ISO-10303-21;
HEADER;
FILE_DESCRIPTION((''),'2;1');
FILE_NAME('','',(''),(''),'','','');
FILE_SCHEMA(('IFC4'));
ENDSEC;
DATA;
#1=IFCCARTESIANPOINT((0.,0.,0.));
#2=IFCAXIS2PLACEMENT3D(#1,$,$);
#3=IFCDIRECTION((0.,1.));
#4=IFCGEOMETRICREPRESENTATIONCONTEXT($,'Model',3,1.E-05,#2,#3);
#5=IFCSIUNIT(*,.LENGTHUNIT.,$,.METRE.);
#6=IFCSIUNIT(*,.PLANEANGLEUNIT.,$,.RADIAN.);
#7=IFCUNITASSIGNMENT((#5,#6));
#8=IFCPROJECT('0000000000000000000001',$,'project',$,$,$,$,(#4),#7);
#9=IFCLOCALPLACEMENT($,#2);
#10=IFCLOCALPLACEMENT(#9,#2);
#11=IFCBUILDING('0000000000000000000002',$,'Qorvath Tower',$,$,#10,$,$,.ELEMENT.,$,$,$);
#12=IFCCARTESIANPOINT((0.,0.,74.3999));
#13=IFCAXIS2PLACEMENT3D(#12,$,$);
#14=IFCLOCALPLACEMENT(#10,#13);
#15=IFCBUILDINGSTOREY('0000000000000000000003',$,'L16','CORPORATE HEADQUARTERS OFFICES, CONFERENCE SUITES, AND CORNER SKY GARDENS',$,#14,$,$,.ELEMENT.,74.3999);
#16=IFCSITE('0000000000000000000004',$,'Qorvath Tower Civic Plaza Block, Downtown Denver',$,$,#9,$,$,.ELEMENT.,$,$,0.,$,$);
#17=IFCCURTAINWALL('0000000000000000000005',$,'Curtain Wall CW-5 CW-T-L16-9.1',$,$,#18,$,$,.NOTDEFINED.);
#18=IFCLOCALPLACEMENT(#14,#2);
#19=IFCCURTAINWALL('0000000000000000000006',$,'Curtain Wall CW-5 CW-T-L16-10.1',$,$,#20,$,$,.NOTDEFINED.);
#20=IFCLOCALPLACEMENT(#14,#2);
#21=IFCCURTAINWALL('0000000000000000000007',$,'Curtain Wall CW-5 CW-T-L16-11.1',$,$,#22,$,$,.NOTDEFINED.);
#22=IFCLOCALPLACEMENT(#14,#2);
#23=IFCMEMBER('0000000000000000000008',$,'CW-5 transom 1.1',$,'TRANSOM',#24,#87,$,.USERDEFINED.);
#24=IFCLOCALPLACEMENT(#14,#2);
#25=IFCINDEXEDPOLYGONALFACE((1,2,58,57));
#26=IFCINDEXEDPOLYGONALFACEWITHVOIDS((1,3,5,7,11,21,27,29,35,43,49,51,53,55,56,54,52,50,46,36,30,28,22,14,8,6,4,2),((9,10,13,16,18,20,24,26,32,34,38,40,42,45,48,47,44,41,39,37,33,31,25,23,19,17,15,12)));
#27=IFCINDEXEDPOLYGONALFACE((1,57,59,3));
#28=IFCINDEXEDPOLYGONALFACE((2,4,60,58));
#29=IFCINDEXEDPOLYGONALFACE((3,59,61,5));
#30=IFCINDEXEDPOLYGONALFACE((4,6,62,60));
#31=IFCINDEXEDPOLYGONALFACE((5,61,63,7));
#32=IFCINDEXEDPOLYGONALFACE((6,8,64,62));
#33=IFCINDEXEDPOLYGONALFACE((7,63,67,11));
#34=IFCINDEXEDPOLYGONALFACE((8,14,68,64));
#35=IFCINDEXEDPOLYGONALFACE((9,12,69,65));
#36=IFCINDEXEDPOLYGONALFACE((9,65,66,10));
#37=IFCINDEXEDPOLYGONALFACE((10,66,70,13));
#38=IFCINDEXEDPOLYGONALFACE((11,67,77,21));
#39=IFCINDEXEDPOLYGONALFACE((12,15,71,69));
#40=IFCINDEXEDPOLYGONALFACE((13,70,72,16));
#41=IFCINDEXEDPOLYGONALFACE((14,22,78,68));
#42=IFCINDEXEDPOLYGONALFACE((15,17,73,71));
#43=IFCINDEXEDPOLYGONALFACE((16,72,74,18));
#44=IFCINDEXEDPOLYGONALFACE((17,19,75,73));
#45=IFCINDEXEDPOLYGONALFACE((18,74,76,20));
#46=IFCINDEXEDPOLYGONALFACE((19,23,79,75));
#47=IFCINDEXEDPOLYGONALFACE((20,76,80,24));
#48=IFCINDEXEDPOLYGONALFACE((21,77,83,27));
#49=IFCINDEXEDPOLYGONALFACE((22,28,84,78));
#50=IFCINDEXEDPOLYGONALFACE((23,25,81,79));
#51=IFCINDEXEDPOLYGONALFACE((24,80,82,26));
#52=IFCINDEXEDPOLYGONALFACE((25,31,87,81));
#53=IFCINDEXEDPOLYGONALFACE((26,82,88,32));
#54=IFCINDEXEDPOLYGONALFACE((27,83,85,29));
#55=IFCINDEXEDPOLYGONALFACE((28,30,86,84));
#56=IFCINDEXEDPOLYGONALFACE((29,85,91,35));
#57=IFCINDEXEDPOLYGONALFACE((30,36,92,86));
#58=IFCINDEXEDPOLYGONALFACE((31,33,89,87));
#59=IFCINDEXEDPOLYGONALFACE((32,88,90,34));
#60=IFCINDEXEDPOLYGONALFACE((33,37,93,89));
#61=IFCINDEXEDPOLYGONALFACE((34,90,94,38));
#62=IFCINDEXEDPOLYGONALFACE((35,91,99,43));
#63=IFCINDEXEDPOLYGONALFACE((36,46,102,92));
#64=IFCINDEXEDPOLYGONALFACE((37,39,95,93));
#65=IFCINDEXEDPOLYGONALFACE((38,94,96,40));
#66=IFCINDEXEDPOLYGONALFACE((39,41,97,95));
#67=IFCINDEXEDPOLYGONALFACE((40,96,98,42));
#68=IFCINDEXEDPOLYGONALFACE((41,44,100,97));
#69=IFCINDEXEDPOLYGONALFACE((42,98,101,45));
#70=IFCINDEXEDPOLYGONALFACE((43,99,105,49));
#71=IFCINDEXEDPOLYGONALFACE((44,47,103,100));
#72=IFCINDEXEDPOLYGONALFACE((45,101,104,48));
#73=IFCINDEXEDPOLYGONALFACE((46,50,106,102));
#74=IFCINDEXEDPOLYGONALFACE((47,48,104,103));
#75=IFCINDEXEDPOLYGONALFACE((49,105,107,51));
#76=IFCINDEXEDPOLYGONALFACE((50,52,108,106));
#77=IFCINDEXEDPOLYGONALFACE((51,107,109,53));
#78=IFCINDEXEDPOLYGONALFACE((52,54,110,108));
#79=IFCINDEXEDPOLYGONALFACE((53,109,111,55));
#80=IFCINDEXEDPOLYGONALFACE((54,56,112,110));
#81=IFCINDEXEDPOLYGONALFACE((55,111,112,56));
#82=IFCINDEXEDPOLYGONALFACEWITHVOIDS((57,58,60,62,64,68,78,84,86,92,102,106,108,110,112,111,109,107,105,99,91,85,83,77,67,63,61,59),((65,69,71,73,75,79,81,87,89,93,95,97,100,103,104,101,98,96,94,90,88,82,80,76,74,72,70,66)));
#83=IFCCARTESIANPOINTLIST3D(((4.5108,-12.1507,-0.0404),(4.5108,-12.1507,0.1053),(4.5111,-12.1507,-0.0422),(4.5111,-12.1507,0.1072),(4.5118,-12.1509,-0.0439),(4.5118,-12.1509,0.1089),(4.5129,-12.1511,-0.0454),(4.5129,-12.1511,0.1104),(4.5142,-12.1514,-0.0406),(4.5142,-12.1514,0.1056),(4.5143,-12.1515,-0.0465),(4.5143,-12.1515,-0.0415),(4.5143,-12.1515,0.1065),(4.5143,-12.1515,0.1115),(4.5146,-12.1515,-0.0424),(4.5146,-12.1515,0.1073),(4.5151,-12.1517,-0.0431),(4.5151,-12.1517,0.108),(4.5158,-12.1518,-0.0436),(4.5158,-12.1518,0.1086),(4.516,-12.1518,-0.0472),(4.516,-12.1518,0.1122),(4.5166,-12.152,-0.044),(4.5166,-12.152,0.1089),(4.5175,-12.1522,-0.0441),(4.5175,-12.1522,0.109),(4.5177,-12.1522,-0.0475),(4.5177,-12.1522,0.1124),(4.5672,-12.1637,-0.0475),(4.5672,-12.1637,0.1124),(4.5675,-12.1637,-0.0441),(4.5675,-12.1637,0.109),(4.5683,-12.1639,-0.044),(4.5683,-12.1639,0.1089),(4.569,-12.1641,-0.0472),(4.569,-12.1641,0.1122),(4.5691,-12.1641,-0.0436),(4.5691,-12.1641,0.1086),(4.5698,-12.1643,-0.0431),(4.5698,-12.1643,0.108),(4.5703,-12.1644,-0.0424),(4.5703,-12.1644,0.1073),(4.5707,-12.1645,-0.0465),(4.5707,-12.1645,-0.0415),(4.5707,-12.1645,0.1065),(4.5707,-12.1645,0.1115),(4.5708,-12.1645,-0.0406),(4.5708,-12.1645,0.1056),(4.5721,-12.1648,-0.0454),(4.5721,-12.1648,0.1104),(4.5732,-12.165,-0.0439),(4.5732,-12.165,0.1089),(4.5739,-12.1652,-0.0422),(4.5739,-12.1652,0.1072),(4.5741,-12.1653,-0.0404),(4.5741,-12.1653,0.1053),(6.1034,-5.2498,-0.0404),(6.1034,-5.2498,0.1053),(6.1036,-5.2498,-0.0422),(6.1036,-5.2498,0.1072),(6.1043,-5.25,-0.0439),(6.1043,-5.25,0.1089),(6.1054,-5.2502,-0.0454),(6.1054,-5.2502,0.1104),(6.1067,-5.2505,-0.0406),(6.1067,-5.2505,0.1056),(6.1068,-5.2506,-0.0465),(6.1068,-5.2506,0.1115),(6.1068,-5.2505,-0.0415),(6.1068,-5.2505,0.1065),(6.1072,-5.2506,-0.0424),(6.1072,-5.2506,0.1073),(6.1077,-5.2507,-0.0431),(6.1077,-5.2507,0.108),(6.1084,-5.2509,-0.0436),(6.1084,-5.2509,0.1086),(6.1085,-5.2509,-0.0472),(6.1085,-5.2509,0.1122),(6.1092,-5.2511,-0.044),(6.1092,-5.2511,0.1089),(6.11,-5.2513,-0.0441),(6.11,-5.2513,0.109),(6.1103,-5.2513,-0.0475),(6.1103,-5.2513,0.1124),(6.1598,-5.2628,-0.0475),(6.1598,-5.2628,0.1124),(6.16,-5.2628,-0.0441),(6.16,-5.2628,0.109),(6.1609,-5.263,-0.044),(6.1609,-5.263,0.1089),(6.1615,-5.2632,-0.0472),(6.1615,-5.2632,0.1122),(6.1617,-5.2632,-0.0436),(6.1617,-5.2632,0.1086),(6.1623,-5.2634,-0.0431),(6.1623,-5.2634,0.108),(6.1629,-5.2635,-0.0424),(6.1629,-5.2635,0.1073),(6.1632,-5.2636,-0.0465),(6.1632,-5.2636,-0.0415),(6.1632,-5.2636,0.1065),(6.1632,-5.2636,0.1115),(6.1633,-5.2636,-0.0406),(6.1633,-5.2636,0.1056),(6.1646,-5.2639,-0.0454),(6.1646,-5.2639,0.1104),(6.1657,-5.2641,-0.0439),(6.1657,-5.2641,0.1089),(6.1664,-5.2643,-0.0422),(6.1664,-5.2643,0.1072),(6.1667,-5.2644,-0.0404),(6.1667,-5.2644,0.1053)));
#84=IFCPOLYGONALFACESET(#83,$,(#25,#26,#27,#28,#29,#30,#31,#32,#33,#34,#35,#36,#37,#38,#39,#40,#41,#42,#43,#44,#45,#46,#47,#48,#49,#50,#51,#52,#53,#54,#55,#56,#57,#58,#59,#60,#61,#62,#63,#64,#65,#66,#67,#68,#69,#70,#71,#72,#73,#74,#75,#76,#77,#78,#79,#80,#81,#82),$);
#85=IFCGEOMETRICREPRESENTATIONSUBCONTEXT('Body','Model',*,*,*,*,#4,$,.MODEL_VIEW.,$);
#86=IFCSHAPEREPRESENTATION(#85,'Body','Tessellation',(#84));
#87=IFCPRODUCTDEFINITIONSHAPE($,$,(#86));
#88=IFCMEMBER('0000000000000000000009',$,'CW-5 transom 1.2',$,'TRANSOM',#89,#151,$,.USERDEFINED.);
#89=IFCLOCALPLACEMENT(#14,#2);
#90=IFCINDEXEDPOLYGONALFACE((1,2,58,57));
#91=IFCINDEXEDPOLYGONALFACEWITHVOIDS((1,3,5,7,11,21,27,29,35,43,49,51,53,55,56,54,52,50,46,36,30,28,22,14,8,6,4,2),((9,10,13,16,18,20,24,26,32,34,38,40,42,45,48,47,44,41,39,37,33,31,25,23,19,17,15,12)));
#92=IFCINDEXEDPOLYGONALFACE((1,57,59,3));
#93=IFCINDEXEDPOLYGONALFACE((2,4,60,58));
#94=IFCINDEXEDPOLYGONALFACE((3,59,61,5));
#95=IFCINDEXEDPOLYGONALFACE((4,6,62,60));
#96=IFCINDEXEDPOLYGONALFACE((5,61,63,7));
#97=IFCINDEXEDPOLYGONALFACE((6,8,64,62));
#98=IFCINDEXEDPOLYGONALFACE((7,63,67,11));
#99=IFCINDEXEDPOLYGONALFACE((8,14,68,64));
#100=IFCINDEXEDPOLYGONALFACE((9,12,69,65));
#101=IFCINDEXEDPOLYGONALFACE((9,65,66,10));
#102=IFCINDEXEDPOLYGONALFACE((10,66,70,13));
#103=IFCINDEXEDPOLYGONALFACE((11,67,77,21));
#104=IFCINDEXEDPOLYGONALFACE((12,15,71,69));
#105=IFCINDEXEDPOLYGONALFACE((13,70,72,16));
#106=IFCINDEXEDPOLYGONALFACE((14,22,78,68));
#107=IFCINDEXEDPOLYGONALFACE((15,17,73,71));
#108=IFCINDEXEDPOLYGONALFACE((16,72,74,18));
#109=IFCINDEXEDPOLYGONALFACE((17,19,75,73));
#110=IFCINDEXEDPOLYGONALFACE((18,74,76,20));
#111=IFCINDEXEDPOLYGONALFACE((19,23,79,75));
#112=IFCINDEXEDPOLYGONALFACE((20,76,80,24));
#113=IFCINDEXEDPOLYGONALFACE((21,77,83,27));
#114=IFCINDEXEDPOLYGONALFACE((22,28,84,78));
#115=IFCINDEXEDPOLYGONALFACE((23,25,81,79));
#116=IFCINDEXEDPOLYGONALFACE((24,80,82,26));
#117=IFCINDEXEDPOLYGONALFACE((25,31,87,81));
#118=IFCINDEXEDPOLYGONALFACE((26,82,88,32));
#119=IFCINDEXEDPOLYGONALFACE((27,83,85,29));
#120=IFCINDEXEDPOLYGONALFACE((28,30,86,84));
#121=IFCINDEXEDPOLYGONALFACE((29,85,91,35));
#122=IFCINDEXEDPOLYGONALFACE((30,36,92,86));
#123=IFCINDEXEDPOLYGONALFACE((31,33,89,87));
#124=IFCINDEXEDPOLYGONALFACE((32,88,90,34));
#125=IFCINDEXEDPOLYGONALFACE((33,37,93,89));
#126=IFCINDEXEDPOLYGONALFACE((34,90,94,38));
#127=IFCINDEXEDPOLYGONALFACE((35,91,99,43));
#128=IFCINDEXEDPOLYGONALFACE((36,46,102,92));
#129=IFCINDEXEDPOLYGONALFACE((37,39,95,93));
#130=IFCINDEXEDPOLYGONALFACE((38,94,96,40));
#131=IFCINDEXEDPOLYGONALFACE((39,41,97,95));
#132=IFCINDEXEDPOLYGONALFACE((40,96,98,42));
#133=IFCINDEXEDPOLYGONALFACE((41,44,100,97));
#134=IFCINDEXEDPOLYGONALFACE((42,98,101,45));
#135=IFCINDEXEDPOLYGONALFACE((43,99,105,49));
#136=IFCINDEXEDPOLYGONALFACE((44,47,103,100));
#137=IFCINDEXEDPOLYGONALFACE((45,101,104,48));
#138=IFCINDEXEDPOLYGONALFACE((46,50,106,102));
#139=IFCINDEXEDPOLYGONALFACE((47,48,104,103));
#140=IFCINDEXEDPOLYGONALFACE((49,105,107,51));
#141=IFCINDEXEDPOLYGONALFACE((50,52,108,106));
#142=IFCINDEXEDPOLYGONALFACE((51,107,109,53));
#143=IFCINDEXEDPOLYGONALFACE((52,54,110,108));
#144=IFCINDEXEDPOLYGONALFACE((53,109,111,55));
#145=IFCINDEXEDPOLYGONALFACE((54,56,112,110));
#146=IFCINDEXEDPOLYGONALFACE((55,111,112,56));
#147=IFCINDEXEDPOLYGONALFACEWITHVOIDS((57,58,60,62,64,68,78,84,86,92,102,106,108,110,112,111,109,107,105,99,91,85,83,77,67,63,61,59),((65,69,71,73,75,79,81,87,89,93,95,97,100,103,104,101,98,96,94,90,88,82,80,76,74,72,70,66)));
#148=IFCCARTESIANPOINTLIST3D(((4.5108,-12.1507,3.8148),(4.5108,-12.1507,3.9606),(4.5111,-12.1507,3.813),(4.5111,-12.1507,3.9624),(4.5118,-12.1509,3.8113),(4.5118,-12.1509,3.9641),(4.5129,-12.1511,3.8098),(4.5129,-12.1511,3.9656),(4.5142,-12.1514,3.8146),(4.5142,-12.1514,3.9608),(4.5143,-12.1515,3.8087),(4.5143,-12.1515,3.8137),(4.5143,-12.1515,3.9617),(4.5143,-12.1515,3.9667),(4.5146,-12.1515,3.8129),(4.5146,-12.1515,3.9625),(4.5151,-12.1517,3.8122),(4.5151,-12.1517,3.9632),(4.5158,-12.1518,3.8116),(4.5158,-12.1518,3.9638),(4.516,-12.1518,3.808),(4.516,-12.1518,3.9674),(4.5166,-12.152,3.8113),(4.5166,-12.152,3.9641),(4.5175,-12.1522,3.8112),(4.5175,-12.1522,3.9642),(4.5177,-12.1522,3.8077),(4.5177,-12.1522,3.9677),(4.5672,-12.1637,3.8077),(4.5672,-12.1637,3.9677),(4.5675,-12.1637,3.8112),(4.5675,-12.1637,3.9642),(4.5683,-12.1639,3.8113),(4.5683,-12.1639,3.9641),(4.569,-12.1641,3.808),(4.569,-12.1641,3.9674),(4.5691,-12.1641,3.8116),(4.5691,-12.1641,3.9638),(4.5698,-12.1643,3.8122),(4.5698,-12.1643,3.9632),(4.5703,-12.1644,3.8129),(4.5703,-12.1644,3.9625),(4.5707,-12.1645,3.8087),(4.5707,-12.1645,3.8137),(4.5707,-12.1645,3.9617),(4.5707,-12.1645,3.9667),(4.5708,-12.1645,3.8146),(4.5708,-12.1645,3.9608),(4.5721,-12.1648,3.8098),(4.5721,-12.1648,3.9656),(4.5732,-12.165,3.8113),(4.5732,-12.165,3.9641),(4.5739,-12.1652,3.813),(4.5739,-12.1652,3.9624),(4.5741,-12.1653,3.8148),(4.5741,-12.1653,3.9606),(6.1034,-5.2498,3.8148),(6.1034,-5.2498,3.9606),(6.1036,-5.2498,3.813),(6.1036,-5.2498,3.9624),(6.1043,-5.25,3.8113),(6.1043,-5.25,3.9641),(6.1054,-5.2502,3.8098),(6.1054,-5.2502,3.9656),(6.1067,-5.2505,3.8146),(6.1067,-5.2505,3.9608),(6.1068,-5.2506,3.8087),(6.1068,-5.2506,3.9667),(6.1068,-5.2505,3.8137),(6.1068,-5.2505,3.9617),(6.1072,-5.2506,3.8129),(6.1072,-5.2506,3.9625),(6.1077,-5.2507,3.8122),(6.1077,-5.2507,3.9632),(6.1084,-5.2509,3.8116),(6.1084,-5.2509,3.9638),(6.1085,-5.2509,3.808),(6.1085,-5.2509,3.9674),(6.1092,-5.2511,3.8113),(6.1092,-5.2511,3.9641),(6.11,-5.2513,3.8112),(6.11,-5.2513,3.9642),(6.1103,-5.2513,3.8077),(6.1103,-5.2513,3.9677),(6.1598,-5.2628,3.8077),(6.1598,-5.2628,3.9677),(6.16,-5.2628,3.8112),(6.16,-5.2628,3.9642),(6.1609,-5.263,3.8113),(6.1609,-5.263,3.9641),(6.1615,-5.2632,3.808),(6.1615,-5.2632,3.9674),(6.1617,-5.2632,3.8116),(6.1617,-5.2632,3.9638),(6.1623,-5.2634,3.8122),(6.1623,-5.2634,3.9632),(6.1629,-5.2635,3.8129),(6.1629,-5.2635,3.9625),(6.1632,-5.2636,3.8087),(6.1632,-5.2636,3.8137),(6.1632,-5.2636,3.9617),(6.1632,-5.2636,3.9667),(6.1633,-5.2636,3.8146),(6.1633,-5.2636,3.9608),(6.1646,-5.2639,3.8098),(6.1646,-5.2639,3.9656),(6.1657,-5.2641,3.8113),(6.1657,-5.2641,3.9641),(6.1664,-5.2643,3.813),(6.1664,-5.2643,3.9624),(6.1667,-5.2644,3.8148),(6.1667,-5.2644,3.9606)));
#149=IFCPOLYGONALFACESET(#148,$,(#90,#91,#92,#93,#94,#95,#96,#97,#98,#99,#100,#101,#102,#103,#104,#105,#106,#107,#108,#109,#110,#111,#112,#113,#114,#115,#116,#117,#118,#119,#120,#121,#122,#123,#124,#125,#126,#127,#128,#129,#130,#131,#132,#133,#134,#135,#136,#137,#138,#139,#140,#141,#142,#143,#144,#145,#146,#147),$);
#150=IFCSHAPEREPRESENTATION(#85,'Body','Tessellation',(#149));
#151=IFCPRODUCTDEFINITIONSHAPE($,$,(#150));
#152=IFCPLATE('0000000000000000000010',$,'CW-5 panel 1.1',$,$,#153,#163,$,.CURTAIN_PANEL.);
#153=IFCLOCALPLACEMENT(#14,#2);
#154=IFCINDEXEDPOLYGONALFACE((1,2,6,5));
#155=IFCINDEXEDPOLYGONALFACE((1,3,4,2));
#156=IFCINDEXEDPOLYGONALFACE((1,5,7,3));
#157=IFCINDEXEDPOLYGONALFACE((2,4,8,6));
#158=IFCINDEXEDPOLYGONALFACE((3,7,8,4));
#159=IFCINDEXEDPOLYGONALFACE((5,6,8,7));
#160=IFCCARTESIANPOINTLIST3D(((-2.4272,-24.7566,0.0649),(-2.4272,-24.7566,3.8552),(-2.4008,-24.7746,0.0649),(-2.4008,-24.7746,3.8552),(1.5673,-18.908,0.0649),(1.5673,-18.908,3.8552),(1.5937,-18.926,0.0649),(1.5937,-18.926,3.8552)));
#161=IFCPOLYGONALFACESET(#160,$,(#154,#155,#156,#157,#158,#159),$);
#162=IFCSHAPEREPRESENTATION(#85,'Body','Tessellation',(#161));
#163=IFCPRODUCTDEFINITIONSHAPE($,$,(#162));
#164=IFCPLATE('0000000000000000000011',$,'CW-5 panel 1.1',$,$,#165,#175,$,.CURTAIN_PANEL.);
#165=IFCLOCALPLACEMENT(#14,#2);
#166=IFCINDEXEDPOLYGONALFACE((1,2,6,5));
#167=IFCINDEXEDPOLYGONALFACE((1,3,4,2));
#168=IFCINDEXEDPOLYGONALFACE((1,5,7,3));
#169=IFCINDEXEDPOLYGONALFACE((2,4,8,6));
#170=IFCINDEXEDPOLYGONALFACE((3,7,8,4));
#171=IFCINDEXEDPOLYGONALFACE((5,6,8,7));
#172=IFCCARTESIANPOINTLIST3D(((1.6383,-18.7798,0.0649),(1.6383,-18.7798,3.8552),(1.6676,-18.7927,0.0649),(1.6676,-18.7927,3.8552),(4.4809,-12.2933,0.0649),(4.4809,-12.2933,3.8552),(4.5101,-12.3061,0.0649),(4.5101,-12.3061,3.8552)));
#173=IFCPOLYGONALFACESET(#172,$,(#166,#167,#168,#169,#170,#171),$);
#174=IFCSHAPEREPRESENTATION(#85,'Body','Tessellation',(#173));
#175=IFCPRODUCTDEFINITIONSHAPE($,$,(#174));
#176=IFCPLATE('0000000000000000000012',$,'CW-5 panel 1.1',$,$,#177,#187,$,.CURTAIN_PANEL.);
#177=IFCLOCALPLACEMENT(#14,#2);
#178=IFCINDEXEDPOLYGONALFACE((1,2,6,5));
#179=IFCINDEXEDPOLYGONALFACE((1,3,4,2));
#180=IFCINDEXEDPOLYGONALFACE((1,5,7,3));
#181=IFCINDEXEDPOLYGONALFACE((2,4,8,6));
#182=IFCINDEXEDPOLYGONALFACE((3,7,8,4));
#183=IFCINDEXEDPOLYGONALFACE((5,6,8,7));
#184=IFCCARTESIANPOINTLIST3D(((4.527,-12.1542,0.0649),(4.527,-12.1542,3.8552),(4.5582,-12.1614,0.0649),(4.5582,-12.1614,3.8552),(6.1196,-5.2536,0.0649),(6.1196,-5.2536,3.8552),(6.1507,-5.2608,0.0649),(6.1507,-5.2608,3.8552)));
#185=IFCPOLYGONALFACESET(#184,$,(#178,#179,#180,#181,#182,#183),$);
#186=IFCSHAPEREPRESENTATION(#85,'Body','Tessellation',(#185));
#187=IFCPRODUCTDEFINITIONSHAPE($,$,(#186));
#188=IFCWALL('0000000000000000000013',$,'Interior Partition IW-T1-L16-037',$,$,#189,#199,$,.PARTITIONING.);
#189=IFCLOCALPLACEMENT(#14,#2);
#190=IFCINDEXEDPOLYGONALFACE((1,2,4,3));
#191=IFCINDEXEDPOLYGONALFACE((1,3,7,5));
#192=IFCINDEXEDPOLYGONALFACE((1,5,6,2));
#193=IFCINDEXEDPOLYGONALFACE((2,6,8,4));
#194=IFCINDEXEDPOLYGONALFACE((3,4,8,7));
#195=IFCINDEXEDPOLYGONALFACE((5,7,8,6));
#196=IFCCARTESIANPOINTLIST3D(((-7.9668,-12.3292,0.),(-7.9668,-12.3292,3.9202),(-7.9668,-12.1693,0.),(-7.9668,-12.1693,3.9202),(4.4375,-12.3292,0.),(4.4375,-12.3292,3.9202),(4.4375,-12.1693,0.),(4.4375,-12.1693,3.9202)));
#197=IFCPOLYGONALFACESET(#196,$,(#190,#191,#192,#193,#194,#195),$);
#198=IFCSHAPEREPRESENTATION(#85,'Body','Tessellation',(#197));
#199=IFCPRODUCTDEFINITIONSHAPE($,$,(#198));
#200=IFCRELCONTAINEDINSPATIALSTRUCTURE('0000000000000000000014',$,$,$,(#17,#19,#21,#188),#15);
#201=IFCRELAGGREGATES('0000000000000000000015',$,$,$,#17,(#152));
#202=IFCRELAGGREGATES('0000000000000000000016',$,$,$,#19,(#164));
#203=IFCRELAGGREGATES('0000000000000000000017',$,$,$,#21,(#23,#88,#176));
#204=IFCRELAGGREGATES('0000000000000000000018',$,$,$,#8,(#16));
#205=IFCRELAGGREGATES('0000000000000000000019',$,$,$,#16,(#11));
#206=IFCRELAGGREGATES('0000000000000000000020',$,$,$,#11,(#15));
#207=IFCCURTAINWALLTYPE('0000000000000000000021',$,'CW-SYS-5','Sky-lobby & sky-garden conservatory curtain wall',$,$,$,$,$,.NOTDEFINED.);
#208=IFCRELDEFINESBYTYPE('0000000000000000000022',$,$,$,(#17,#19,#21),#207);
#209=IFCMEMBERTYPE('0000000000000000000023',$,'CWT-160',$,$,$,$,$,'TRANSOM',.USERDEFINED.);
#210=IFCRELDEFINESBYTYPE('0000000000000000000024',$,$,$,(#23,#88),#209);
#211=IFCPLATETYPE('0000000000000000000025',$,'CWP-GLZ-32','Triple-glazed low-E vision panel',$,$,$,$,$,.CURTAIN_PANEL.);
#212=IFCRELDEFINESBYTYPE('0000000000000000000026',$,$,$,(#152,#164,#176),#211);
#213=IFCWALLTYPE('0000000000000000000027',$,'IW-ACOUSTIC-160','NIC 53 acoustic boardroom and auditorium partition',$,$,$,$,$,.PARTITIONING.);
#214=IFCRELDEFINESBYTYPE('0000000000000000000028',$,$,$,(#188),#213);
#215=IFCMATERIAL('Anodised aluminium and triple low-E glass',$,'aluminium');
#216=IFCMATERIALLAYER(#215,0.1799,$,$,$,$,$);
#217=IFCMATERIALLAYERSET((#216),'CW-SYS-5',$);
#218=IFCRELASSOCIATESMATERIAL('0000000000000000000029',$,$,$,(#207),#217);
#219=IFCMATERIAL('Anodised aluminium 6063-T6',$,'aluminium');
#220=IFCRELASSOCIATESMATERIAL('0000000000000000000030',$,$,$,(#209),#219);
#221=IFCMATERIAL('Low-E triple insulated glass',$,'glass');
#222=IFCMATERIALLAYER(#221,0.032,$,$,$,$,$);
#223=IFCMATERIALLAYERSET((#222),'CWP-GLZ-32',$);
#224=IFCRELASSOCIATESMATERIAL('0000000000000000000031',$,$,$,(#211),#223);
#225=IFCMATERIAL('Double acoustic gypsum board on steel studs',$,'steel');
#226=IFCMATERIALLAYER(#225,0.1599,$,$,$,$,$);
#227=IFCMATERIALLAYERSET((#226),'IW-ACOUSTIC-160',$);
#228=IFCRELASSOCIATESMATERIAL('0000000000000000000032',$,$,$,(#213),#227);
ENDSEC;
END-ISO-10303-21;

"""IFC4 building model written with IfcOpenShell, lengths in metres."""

from ifc_helpers import new_model, si_unit, direction, frame, frame_2d, origin, origin_2d, place, context, subcontext, project, spatial, rectangle, hollow_rectangle, extrude, material, layer, layer_set, material_profile, profile_set, type_object, element, aggregate, save


model = new_model("IFC4")

# Units and contexts
model_context = context("Model", 3, precision=1e-05, world=origin(), true_north=direction((0.0, 1.0)))
body_context = subcontext(model_context, "Body", "Model", "MODEL_VIEW")
ifc_project = project(units=[si_unit("LENGTHUNIT", "METRE"), si_unit("PLANEANGLEUNIT", "RADIAN")], contexts=[model_context])

# Site, building, storey
site_placement = place(None, origin())
site = spatial("IfcSite", under=ifc_project, at=site_placement, Name="Qorvath Tower Civic Plaza Block, Downtown Denver", CompositionType="ELEMENT", RefElevation=0.0)
building_placement = place(site_placement, origin())
building = spatial("IfcBuilding", under=site, at=building_placement, Name="Qorvath Tower", CompositionType="ELEMENT")
storey_placement = place(building_placement, frame((0.0, 0.0, 74.3999)))
storey = spatial("IfcBuildingStorey", under=building, at=storey_placement, Name="L16", Description="CORPORATE HEADQUARTERS OFFICES, CONFERENCE SUITES, AND CORNER SKY GARDENS", CompositionType="ELEMENT", Elevation=74.3999)

# Curtain wall
ifc_material_1 = material(Name="Anodised aluminium and triple low-E glass", Category="aluminium")
ifc_layer_1 = layer(ifc_material_1, 0.1799)
ifc_layer_set_1 = layer_set([ifc_layer_1], Name="CW-SYS-5")
curtain_wall_type = type_object("IfcCurtainWallType", Name="CW-SYS-5", Description="Sky-lobby & sky-garden conservatory curtain wall", PredefinedType="NOTDEFINED", material=ifc_layer_set_1)
curtain_wall_1_placement = place(storey_placement, origin())
curtain_wall_1 = element("IfcCurtainWall", 1, at=curtain_wall_1_placement, inside=storey, type_object=curtain_wall_type, Name="Curtain Wall CW-5 CW-T-L16-9.1", PredefinedType="NOTDEFINED")

# Curtain wall
curtain_wall_2_placement = place(storey_placement, origin())
curtain_wall_2 = element("IfcCurtainWall", 2, at=curtain_wall_2_placement, inside=storey, type_object=curtain_wall_type, Name="Curtain Wall CW-5 CW-T-L16-10.1", PredefinedType="NOTDEFINED")

# Curtain wall
curtain_wall_3_placement = place(storey_placement, origin())
curtain_wall_3 = element("IfcCurtainWall", 3, at=curtain_wall_3_placement, inside=storey, type_object=curtain_wall_type, Name="Curtain Wall CW-5 CW-T-L16-11.1", PredefinedType="NOTDEFINED")

# Members
ifc_material_2 = material(Name="Anodised aluminium 6063-T6", Category="aluminium")
ifc_material_profile_1 = material_profile(ifc_material_2, hollow_rectangle(XDim=0.0649, YDim=0.1599, WallThickness=0.0034, InnerFilletRadius=0.0034, OuterFilletRadius=0.0071, at=origin_2d()), Name="CWT 160x65")
ifc_profile_set_1 = profile_set([ifc_material_profile_1], Name="Anodised aluminium 6063-T6")
member_type_1 = type_object("IfcMemberType", Name="CWT-160", ElementType="TRANSOM", PredefinedType="USERDEFINED", material=ifc_profile_set_1)
member_1_placement = place(storey_placement, frame((4.5425, -12.158, 0.0325), z_axis=(0.224862, 0.974391, 0.0), x_axis=(-0.974391, 0.224862, 0.0)))
member_1 = element("IfcMember", 4, at=member_1_placement, type_object=member_type_1, Name="CW-5 transom 1.1", ObjectType="TRANSOM", PredefinedType="USERDEFINED", context=body_context, shape_type="SweptSolid", body=[
    extrude(hollow_rectangle(XDim=0.0649, YDim=0.1599, WallThickness=0.0034, InnerFilletRadius=0.0034, OuterFilletRadius=0.0071, at=origin_2d()), origin(), (0.0, 0.0, 1.0), 7.0823),
])
member_2_placement = place(storey_placement, frame((4.5425, -12.158, 3.8877), z_axis=(0.224862, 0.974391, 0.0), x_axis=(-0.974391, 0.224862, 0.0)))
member_2 = element("IfcMember", 5, at=member_2_placement, type_object=member_type_1, Name="CW-5 transom 1.2", ObjectType="TRANSOM", PredefinedType="USERDEFINED", context=body_context, shape_type="SweptSolid", body=[
    extrude(hollow_rectangle(XDim=0.0649, YDim=0.1599, WallThickness=0.0034, InnerFilletRadius=0.0034, OuterFilletRadius=0.0071, at=origin_2d()), origin(), (0.0, 0.0, 1.0), 7.0823),
])

# Plates
ifc_material_3 = material(Name="Low-E triple insulated glass", Category="glass")
ifc_layer_2 = layer(ifc_material_3, 0.032)
ifc_layer_set_2 = layer_set([ifc_layer_2], Name="CWP-GLZ-32")
plate_type = type_object("IfcPlateType", Name="CWP-GLZ-32", Description="Triple-glazed low-E vision panel", PredefinedType="CURTAIN_PANEL", material=ifc_layer_set_2)
plate_1_placement = place(storey_placement, frame((-0.4167, -21.8413, 0.0649), z_axis=(0.0, 0.0, 1.0), x_axis=(0.563998, 0.825776, 0.0)))
plate_1 = element("IfcPlate", 6, at=plate_1_placement, type_object=plate_type, Name="CW-5 panel 1.1", PredefinedType="CURTAIN_PANEL", context=body_context, shape_type="SweptSolid", body=[
    extrude(rectangle(XDim=7.0825, YDim=0.032, at=origin_2d()), origin(), (0.0, 0.0, 1.0), 3.7903),
])
aggregate(curtain_wall_1, [plate_1])
plate_2_placement = place(storey_placement, frame((3.0742, -15.543, 0.0649), z_axis=(0.0, 0.0, 1.0), x_axis=(0.401376, 0.915913, 0.0)))
plate_2 = element("IfcPlate", 7, at=plate_2_placement, type_object=plate_type, Name="CW-5 panel 1.1", PredefinedType="CURTAIN_PANEL", context=body_context, shape_type="SweptSolid", body=[
    extrude(rectangle(XDim=7.082, YDim=0.032, at=origin_2d()), origin(), (0.0, 0.0, 1.0), 3.7903),
])
aggregate(curtain_wall_2, [plate_2])
plate_3_placement = place(storey_placement, frame((5.3389, -8.7075, 0.0649), z_axis=(0.0, 0.0, 1.0), x_axis=(0.224872, 0.974388, 0.0)))
plate_3 = element("IfcPlate", 8, at=plate_3_placement, type_object=plate_type, Name="CW-5 panel 1.1", PredefinedType="CURTAIN_PANEL", context=body_context, shape_type="SweptSolid", body=[
    extrude(rectangle(XDim=7.082, YDim=0.032, at=origin_2d()), origin(), (0.0, 0.0, 1.0), 3.7903),
])
aggregate(curtain_wall_3, [member_1, member_2, plate_3])

# Wall
ifc_material_4 = material(Name="Double acoustic gypsum board on steel studs", Category="steel")
ifc_layer_3 = layer(ifc_material_4, 0.1599)
ifc_layer_set_3 = layer_set([ifc_layer_3], Name="IW-ACOUSTIC-160")
wall_type_1 = type_object("IfcWallType", Name="IW-ACOUSTIC-160", Description="NIC 53 acoustic boardroom and auditorium partition", PredefinedType="PARTITIONING", material=ifc_layer_set_3)
wall_1_placement = place(storey_placement, frame((4.4375, -12.2493, 0.0), z_axis=(0.0, 0.0, 1.0), x_axis=(-1.0, 0.0, 0.0)))
element("IfcWall", 9, at=wall_1_placement, inside=storey, type_object=wall_type_1, Name="Interior Partition IW-T1-L16-037", PredefinedType="PARTITIONING", context=body_context, shape_type="SweptSolid", body=[
    extrude(rectangle(XDim=12.4043, YDim=0.1599, at=frame_2d((6.2021, 0.0))), origin(), (0.0, 0.0, 1.0), 3.9202),
])

save(model, "model.ifc")
